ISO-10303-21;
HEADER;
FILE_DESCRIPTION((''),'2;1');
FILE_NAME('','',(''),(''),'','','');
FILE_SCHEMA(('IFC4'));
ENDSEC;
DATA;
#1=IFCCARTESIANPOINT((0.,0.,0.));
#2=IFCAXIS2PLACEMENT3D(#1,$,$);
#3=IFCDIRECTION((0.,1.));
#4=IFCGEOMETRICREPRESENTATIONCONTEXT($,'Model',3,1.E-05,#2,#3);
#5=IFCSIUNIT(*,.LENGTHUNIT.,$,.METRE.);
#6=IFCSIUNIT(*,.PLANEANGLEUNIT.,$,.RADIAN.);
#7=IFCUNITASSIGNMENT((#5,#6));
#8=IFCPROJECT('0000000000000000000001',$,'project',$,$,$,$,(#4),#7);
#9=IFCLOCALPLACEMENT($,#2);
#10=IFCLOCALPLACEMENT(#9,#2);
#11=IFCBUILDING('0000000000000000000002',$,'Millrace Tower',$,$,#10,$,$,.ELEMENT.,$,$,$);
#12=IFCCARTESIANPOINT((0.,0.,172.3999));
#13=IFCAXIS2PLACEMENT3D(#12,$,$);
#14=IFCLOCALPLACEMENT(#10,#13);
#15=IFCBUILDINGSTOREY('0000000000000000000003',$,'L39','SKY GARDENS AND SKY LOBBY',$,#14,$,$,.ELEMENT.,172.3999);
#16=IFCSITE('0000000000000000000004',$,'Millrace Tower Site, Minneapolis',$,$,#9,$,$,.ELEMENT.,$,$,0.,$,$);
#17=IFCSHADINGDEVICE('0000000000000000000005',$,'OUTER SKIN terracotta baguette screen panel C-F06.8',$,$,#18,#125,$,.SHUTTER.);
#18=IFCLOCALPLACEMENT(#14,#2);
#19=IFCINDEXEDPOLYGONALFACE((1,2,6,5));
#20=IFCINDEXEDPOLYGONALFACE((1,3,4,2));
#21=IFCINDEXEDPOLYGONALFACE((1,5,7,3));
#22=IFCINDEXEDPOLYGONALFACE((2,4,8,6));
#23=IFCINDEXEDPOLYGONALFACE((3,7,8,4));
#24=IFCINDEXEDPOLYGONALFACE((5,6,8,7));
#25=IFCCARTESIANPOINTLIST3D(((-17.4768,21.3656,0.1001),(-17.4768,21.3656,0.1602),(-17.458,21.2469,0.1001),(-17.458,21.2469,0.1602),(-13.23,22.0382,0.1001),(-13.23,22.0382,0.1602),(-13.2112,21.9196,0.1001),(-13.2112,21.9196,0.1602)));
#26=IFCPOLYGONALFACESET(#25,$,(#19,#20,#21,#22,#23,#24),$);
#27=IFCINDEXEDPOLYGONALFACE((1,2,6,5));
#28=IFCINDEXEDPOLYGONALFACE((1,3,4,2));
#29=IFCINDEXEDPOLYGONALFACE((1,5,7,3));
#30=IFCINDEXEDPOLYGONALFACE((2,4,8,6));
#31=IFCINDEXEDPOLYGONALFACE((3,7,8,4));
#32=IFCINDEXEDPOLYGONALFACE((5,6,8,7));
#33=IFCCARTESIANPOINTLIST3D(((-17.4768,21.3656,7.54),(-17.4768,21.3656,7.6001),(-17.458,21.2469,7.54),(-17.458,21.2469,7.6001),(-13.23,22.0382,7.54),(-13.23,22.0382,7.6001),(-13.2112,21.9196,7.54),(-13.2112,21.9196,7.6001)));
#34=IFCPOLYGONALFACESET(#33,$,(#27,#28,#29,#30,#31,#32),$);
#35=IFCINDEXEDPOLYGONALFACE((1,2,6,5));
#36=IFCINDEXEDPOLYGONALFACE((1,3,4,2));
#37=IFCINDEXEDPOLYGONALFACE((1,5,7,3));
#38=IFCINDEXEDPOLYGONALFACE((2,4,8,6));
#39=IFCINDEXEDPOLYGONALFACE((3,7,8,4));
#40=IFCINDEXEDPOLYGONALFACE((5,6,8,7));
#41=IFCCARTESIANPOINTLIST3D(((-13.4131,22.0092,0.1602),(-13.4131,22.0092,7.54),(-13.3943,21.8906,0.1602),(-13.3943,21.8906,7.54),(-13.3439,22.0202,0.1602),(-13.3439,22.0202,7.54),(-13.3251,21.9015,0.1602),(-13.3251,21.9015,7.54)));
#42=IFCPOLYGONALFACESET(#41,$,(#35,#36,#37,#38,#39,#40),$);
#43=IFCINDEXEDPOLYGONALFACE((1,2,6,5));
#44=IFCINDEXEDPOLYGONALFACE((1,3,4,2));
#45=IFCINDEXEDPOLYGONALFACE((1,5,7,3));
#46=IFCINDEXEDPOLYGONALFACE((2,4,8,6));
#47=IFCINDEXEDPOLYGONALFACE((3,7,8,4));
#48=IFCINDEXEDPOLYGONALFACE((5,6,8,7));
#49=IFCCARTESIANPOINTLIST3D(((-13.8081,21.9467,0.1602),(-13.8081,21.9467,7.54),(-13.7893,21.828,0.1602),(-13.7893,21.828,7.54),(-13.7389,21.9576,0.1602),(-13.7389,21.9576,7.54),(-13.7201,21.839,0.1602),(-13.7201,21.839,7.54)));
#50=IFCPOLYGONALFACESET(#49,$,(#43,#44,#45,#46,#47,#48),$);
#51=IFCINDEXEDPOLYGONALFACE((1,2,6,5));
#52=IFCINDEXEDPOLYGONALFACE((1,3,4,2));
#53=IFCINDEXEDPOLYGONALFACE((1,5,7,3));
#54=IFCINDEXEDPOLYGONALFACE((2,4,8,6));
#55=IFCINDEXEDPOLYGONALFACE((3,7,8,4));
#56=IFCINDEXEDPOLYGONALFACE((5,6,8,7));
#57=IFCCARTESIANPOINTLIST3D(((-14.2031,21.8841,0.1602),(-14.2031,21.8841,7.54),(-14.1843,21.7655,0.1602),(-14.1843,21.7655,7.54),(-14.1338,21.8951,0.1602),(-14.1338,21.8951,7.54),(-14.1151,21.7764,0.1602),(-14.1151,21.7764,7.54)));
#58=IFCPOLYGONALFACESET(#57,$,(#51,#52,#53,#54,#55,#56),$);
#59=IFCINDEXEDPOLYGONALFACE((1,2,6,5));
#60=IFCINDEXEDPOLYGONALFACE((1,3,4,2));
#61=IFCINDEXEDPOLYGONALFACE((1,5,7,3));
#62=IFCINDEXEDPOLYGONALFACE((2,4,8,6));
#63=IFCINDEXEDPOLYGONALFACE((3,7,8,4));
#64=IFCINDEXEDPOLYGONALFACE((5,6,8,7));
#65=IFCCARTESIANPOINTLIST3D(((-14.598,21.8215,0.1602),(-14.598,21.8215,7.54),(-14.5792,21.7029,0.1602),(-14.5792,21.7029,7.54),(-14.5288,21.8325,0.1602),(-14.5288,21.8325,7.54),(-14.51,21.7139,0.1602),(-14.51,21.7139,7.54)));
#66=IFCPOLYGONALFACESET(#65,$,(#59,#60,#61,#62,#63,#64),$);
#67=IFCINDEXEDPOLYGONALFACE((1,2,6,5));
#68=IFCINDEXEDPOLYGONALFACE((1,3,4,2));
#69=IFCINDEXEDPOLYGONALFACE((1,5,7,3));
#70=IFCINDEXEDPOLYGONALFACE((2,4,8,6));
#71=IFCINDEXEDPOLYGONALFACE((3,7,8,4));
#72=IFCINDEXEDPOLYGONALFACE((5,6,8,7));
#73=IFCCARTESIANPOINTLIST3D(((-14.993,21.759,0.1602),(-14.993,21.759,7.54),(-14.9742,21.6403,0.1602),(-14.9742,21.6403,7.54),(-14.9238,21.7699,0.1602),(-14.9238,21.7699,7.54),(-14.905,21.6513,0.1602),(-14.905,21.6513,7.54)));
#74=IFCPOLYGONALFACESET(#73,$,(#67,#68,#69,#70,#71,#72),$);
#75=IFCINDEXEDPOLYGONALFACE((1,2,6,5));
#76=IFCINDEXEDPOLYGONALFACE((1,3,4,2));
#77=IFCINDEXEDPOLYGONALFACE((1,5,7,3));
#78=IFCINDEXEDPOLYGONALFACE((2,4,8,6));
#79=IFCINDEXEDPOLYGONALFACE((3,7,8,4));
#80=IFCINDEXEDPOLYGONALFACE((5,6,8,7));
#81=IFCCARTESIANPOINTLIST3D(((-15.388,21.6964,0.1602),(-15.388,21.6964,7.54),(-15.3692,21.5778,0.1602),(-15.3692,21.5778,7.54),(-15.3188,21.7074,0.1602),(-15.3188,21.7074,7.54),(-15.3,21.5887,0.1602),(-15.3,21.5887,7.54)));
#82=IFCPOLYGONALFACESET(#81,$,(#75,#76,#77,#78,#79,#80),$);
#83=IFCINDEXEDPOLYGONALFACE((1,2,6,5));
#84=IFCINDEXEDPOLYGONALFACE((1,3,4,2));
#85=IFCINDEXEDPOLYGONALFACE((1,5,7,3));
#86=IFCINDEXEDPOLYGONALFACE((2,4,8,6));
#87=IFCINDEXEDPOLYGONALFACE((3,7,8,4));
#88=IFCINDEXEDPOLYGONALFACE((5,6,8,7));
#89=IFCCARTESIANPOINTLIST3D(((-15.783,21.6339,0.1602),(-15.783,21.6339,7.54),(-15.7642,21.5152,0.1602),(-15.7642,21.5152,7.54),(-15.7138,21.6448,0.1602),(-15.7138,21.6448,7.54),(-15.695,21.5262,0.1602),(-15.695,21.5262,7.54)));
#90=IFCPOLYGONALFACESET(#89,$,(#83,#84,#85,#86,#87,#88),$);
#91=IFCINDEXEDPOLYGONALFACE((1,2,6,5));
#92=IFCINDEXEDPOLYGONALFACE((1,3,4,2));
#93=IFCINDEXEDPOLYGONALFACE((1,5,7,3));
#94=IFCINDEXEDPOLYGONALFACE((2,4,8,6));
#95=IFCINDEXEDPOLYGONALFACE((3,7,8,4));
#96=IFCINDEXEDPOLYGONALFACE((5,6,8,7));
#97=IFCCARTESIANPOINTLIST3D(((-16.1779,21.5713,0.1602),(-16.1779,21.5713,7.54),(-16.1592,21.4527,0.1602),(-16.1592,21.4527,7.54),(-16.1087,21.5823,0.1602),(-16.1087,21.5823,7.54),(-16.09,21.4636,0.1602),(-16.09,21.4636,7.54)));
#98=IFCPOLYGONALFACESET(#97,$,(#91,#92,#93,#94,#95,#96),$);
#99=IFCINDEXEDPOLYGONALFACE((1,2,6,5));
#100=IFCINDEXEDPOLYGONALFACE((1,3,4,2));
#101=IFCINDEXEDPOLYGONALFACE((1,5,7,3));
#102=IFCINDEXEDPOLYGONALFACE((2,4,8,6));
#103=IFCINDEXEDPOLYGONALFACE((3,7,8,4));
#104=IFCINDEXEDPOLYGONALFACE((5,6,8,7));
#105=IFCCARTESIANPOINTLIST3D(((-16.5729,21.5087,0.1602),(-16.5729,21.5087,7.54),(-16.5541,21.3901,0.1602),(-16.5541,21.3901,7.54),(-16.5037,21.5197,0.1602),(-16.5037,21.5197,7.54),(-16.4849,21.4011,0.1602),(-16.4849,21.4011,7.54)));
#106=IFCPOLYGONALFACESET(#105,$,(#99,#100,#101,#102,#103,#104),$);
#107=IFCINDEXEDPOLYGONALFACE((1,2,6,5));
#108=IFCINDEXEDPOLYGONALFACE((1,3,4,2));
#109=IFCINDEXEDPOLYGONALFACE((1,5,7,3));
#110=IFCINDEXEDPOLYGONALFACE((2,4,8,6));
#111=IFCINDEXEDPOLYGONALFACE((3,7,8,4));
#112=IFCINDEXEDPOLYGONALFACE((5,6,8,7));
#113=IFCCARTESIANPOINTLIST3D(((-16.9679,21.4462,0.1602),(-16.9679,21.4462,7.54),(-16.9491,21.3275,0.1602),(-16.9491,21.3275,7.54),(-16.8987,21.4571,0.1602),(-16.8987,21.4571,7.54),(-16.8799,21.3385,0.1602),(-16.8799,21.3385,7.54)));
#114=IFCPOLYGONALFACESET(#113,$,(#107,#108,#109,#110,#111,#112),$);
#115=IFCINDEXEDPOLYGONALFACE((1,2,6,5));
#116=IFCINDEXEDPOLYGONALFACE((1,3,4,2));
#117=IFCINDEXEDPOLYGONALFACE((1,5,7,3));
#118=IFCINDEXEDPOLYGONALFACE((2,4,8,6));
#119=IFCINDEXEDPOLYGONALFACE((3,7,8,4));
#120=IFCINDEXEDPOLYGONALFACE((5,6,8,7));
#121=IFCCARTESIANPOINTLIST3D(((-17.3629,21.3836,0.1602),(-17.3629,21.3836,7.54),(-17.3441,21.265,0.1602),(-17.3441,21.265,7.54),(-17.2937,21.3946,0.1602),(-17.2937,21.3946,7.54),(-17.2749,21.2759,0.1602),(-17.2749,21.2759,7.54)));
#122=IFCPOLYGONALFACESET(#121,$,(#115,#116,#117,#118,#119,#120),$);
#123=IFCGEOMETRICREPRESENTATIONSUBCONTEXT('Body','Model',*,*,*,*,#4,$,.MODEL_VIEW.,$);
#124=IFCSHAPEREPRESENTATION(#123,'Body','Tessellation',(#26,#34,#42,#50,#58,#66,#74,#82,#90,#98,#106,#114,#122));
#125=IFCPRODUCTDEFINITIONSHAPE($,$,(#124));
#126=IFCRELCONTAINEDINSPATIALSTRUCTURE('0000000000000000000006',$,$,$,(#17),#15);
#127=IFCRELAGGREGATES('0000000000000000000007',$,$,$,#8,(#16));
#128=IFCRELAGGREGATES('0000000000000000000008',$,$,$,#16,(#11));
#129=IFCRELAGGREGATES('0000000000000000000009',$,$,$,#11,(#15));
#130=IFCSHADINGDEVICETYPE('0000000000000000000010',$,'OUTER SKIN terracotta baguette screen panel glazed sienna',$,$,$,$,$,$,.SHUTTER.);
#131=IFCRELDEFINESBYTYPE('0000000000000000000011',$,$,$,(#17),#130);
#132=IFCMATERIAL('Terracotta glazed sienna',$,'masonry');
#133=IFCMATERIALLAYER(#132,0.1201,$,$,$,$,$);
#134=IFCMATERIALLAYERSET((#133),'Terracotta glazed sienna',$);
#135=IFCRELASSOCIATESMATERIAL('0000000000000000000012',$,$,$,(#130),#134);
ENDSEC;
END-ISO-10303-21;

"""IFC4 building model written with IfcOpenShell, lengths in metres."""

from ifc_helpers import new_model, entity, si_unit, direction, frame, frame_2d, origin, origin_2d, place, context, subcontext, project, spatial, rectangle, extrude, source, transform, mapped, material, layer, layer_set, type_object, element, save


model = new_model("IFC4")

# Units and contexts
model_context = context("Model", 3, precision=1e-05, world=origin(), true_north=direction((0.0, 1.0)))
body_context = subcontext(model_context, "Body", "Model", "MODEL_VIEW")
ifc_project = project(units=[si_unit("LENGTHUNIT", "METRE"), si_unit("PLANEANGLEUNIT", "RADIAN")], contexts=[model_context])

# Site, building, storey
site_placement = place(None, origin())
site = spatial("IfcSite", under=ifc_project, at=site_placement, Name="Millrace Tower Site, Minneapolis", CompositionType="ELEMENT", RefElevation=0.0)
building_placement = place(site_placement, origin())
building = spatial("IfcBuilding", under=site, at=building_placement, Name="Millrace Tower", CompositionType="ELEMENT")
storey_placement = place(building_placement, frame((0.0, 0.0, 172.3999)))
storey = spatial("IfcBuildingStorey", under=building, at=storey_placement, Name="L39", Description="SKY GARDENS AND SKY LOBBY", CompositionType="ELEMENT", Elevation=172.3999)

# Shading device
ifc_material_1 = material(Name="Terracotta glazed sienna", Category="masonry")
ifc_layer_1 = layer(ifc_material_1, 0.1201)
ifc_layer_set_1 = layer_set([ifc_layer_1], Name="Terracotta glazed sienna")
shading_device_type = type_object("IfcShadingDeviceType", Name="OUTER SKIN terracotta baguette screen panel glazed sienna", PredefinedType="SHUTTER", material=ifc_layer_set_1)
cartesian_point_1 = entity("IfcCartesianPoint", [-2.1499, 0.0601])
shared_polyline_1 = entity("IfcPolyline", [cartesian_point_1, entity("IfcCartesianPoint", [2.1499, 0.0601]), entity("IfcCartesianPoint", [2.1499, -0.0601]), entity("IfcCartesianPoint", [-2.1499, -0.0601]), cartesian_point_1])
shared_shape_1 = source(origin(), body_context, "Body", "SweptSolid", [
    entity("IfcExtrudedAreaSolid", entity("IfcArbitraryClosedProfileDef", "AREA", None, shared_polyline_1), entity("IfcAxis2Placement3D", entity("IfcCartesianPoint", [0.0, 0.0, 0.0])), entity("IfcDirection", [0.0, 0.0, 1.0]), 0.0601),
    entity("IfcExtrudedAreaSolid", entity("IfcArbitraryClosedProfileDef", "AREA", None, shared_polyline_1), entity("IfcAxis2Placement3D", entity("IfcCartesianPoint", [0.0, 0.0, 7.4399])), entity("IfcDirection", [0.0, 0.0, 1.0]), 0.0601),
    extrude(rectangle(XDim=0.0701, YDim=0.1201, at=frame_2d((-1.9995, 0.0))), frame((0.0, 0.0, 0.0601)), (0.0, 0.0, 1.0), 7.3799),
    extrude(rectangle(XDim=0.0701, YDim=0.1201, at=frame_2d((-1.5996, 0.0))), frame((0.0, 0.0, 0.0601)), (0.0, 0.0, 1.0), 7.3799),
    extrude(rectangle(XDim=0.0701, YDim=0.1201, at=frame_2d((-1.1997, 0.0))), frame((0.0, 0.0, 0.0601)), (0.0, 0.0, 1.0), 7.3799),
    extrude(rectangle(XDim=0.0701, YDim=0.1201, at=frame_2d((-0.7998, 0.0))), frame((0.0, 0.0, 0.0601)), (0.0, 0.0, 1.0), 7.3799),
    extrude(rectangle(XDim=0.0701, YDim=0.1201, at=frame_2d((-0.3999, 0.0))), frame((0.0, 0.0, 0.0601)), (0.0, 0.0, 1.0), 7.3799),
    extrude(rectangle(XDim=0.0701, YDim=0.1201, at=origin_2d()), frame((0.0, 0.0, 0.0601)), (0.0, 0.0, 1.0), 7.3799),
    extrude(rectangle(XDim=0.0701, YDim=0.1201, at=frame_2d((0.3999, 0.0))), frame((0.0, 0.0, 0.0601)), (0.0, 0.0, 1.0), 7.3799),
    extrude(rectangle(XDim=0.0701, YDim=0.1201, at=frame_2d((0.7998, 0.0))), frame((0.0, 0.0, 0.0601)), (0.0, 0.0, 1.0), 7.3799),
    extrude(rectangle(XDim=0.0701, YDim=0.1201, at=frame_2d((1.1997, 0.0))), frame((0.0, 0.0, 0.0601)), (0.0, 0.0, 1.0), 7.3799),
    extrude(rectangle(XDim=0.0701, YDim=0.1201, at=frame_2d((1.5996, 0.0))), frame((0.0, 0.0, 0.0601)), (0.0, 0.0, 1.0), 7.3799),
    extrude(rectangle(XDim=0.0701, YDim=0.1201, at=frame_2d((1.9995, 0.0))), frame((0.0, 0.0, 0.0601)), (0.0, 0.0, 1.0), 7.3799),
])
shading_device_1_placement = place(storey_placement, frame((-15.344, 21.6426, 0.1001), z_axis=(0.0, 0.0, 1.0), x_axis=(-0.987688, -0.156434, 0.0)))
element("IfcShadingDevice", 1, at=shading_device_1_placement, inside=storey, type_object=shading_device_type, Name="OUTER SKIN terracotta baguette screen panel C-F06.8", PredefinedType="SHUTTER", context=body_context, shape_type="MappedRepresentation", body=[
    mapped(shared_shape_1, transform((0.0, 0.0, 0.0), scale=1.0)),
])

save(model, "model.ifc")
